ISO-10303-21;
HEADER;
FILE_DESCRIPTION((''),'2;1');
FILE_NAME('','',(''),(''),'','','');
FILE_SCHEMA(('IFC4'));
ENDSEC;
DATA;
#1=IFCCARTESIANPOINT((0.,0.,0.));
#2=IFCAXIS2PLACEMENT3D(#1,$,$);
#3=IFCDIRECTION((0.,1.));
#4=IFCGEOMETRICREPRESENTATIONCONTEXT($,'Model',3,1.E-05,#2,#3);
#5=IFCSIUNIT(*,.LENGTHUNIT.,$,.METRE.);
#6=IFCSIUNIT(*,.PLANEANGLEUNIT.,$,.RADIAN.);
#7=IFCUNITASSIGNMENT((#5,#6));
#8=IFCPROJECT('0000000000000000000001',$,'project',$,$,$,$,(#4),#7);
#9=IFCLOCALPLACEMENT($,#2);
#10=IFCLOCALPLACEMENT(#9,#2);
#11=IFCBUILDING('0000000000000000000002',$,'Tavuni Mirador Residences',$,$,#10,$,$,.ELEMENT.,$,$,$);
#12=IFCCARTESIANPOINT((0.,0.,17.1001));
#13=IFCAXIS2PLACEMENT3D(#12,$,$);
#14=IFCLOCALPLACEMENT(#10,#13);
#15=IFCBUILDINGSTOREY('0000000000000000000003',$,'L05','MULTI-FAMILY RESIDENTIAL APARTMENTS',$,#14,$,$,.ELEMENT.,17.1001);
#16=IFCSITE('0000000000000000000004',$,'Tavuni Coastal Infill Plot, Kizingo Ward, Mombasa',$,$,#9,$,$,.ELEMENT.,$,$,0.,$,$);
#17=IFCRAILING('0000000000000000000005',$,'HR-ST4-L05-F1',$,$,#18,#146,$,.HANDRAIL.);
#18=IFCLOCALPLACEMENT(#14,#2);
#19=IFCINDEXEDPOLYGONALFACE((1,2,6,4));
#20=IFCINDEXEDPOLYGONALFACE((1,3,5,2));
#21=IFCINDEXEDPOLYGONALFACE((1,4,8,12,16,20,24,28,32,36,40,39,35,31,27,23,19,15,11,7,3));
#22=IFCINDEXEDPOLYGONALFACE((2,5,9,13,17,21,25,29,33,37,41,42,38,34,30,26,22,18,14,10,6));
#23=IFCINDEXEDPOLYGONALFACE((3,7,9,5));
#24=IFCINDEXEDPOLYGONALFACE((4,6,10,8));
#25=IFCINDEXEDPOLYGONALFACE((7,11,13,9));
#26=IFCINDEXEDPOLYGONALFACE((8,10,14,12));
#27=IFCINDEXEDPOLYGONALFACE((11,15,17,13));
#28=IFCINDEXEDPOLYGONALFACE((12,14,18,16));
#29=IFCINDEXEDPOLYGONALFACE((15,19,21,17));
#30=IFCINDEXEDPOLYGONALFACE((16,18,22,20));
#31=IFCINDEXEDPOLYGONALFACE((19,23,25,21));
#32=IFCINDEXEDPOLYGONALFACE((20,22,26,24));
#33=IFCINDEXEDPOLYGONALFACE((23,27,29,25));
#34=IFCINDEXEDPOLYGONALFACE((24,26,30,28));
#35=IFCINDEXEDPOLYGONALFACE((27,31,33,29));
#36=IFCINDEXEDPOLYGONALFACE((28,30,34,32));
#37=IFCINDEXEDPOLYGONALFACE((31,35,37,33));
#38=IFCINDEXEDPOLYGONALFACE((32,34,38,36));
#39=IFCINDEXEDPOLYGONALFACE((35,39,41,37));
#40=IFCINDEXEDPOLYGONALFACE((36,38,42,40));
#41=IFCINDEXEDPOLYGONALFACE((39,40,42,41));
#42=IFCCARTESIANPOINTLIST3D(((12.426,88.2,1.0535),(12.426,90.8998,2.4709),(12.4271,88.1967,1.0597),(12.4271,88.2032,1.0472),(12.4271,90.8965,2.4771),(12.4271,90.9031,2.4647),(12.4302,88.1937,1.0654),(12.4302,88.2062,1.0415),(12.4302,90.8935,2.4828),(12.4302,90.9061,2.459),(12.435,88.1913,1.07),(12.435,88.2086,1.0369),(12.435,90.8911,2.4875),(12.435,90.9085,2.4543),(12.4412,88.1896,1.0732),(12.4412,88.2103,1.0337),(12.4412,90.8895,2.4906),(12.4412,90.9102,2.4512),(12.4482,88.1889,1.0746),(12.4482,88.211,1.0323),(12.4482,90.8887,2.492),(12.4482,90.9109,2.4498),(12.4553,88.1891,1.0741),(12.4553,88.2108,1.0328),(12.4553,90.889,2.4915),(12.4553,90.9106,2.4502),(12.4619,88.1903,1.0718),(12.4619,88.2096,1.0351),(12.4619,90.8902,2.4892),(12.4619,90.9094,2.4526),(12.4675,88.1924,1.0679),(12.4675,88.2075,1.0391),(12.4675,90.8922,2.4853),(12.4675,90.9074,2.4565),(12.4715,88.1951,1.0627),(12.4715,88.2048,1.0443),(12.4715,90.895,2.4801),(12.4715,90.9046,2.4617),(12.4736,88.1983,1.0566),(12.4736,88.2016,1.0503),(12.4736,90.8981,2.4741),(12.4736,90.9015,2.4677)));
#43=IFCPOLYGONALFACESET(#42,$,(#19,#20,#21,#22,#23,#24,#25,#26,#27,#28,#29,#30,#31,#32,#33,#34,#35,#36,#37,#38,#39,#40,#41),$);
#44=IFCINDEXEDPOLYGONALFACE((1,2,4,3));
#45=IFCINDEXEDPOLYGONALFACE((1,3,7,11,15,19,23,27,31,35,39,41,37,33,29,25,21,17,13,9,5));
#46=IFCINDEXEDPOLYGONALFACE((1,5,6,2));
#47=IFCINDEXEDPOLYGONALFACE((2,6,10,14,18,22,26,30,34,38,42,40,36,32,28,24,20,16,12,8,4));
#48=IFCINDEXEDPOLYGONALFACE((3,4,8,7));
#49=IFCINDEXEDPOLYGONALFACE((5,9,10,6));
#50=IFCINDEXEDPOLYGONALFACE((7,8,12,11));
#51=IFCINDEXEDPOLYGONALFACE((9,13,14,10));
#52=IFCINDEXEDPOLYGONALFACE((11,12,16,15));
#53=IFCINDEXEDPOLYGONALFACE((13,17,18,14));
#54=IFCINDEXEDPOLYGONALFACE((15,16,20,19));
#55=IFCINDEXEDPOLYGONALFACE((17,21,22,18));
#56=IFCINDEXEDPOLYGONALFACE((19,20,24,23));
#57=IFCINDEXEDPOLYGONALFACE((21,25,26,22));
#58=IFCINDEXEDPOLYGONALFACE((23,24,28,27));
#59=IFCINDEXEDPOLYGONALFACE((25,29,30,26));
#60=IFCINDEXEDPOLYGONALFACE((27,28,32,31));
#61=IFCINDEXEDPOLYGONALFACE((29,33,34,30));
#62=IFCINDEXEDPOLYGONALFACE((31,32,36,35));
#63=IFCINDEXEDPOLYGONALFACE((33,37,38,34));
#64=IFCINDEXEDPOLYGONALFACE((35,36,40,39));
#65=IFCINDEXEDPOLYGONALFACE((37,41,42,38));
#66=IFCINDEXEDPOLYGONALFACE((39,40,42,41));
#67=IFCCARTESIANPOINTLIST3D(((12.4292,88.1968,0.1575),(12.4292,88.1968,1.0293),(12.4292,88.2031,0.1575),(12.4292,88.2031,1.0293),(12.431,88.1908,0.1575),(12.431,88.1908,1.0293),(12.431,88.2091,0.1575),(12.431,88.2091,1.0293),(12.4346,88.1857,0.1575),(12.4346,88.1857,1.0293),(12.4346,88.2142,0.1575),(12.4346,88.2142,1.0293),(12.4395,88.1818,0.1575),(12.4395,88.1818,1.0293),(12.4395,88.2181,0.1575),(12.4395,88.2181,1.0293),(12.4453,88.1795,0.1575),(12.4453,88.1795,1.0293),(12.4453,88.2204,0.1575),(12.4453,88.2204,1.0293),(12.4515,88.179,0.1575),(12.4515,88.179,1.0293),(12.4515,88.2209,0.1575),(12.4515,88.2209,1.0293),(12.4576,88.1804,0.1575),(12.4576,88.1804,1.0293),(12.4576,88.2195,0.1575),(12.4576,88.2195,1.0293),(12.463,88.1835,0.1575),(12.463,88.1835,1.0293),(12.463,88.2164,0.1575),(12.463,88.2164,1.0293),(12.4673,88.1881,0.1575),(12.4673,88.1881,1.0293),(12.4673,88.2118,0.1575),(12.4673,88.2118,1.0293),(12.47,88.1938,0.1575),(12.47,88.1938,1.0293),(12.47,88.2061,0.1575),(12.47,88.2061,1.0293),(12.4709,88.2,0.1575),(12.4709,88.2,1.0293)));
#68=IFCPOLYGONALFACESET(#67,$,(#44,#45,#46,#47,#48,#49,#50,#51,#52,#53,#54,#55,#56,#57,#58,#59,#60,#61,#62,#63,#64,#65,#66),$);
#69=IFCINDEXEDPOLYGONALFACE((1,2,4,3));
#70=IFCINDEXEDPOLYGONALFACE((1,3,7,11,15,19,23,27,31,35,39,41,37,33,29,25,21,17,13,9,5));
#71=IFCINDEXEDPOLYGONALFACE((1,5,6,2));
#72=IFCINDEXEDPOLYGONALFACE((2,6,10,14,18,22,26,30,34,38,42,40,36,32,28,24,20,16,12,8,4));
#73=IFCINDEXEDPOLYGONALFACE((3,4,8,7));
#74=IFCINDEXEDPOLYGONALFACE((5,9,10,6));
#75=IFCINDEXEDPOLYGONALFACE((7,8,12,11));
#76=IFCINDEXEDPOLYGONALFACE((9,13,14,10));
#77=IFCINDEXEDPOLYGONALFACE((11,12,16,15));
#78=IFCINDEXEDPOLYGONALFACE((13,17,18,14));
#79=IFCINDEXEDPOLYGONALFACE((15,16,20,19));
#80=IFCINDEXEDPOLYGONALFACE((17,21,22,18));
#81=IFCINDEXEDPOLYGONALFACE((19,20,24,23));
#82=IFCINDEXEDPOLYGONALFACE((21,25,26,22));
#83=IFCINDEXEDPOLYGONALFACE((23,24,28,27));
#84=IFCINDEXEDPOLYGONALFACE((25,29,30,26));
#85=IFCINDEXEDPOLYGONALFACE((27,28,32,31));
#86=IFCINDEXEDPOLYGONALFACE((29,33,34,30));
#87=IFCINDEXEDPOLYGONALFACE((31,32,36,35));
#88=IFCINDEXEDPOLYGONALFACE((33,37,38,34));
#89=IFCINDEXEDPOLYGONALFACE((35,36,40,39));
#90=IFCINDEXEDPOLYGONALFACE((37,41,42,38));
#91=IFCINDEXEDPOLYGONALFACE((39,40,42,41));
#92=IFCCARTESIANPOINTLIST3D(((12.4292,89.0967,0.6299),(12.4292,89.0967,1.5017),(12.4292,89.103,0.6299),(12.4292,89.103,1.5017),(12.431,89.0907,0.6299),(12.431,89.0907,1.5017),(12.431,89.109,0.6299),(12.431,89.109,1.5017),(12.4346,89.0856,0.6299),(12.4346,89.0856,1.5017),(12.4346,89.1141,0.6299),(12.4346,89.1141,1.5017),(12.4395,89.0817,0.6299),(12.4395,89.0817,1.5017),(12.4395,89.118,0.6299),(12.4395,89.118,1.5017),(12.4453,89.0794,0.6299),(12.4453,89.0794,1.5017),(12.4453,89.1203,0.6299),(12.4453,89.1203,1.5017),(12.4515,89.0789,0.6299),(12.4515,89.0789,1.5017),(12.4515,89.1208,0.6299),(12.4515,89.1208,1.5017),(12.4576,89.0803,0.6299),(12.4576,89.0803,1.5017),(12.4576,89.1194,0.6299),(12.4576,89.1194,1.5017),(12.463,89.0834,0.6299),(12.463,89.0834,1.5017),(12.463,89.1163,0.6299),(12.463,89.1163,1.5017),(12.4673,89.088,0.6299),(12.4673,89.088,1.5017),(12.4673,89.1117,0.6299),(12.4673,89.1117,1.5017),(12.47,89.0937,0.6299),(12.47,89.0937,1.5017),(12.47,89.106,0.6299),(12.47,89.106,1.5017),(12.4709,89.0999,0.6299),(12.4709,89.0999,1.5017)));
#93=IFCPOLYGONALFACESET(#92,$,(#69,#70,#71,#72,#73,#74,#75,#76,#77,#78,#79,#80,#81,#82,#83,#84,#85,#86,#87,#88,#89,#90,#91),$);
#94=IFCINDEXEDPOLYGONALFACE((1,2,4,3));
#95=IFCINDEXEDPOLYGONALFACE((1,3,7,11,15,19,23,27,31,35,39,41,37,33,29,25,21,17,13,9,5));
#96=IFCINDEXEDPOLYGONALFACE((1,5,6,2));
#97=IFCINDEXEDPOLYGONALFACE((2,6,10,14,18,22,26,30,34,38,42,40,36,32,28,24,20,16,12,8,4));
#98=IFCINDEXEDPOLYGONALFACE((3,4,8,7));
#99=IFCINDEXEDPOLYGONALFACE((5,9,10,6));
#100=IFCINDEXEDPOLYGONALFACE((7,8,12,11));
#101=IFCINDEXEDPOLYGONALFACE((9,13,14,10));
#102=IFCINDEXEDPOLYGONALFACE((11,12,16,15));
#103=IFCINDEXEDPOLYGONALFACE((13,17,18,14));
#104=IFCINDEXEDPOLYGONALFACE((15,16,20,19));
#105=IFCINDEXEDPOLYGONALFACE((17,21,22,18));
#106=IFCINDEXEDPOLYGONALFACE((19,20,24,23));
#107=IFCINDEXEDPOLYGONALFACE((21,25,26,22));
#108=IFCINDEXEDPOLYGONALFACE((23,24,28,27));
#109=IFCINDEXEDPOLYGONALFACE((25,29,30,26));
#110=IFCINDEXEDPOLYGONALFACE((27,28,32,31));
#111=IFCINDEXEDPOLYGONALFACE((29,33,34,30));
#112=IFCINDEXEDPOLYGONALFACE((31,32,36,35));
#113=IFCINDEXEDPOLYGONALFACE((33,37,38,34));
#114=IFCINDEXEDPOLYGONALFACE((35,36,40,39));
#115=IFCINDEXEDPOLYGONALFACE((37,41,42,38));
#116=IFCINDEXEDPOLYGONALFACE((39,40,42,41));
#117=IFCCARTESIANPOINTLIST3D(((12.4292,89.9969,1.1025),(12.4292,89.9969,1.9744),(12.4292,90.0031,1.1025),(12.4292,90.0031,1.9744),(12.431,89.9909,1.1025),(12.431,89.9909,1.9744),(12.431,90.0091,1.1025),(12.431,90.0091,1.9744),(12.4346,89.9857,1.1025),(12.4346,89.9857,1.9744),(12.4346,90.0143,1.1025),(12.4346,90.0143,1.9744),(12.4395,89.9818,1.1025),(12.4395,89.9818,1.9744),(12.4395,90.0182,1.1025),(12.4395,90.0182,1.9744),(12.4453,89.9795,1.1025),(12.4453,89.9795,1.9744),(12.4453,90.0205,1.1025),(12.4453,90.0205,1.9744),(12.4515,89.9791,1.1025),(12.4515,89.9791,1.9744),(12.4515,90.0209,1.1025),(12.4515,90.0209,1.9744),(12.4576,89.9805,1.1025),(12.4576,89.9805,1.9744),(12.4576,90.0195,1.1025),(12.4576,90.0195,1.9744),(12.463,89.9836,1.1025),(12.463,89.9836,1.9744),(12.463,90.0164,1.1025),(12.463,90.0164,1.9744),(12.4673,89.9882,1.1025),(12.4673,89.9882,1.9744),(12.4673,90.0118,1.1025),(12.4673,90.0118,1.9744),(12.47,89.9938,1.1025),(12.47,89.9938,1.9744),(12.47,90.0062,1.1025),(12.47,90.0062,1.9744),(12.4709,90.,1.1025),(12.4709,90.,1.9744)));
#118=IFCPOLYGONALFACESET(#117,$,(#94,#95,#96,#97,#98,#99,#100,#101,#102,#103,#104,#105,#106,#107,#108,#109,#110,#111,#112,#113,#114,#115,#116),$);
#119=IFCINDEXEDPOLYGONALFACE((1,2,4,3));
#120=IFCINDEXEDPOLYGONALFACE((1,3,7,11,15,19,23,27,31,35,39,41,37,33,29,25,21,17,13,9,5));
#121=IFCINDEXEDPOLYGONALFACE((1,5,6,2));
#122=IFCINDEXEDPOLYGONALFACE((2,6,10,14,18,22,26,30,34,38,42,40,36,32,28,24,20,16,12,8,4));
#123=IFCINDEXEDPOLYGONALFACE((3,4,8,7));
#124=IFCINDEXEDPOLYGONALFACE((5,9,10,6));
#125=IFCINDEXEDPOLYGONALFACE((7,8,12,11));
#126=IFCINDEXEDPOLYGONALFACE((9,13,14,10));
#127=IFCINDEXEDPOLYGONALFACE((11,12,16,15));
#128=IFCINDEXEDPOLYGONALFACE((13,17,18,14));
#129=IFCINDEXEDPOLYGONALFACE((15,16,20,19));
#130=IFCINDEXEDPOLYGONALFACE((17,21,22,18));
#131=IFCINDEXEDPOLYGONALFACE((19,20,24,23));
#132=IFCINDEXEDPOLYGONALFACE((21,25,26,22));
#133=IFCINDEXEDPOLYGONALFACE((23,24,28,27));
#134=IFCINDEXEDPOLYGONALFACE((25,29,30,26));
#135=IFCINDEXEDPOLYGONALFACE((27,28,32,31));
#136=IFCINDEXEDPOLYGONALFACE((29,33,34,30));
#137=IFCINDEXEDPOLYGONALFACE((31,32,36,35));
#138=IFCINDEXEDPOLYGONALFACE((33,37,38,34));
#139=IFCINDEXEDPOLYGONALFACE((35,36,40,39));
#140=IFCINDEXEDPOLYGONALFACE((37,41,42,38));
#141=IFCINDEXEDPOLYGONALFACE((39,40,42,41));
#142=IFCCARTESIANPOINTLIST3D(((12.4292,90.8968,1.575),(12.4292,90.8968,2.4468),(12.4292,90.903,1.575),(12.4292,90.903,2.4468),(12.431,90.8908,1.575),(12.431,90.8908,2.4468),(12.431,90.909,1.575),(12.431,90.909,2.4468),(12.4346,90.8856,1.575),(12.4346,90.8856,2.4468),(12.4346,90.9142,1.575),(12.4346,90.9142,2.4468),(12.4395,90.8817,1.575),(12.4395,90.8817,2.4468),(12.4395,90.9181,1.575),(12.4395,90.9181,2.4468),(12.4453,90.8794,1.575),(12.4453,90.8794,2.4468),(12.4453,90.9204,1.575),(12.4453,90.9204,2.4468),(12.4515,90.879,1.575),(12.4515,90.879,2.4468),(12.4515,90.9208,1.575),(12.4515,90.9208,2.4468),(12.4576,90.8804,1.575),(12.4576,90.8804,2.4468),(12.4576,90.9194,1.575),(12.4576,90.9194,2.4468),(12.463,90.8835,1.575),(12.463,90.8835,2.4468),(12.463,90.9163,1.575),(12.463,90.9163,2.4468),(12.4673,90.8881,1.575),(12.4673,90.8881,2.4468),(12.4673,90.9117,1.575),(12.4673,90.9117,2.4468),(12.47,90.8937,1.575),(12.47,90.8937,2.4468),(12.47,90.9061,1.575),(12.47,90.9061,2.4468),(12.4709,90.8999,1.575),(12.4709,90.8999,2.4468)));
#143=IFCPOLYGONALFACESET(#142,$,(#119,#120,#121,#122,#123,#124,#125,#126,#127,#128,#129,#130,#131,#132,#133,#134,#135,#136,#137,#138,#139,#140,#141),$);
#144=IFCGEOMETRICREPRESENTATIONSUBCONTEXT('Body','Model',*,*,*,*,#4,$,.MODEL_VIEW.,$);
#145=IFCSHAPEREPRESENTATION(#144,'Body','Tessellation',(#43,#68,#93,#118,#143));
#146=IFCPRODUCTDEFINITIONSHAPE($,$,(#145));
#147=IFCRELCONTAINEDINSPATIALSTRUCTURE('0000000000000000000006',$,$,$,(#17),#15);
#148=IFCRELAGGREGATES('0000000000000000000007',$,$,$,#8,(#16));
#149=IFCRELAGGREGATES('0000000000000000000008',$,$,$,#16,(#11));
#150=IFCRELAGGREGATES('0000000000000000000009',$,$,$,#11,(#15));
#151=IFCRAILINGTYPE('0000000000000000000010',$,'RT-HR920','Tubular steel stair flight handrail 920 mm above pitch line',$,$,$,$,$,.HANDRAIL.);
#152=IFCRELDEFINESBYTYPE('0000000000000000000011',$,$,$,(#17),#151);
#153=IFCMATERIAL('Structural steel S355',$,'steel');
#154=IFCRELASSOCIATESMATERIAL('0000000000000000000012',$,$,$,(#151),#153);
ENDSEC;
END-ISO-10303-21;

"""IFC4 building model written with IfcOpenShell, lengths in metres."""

from ifc_helpers import new_model, si_unit, direction, frame, origin, origin_2d, place, context, subcontext, project, spatial, circle, extrude, material, type_object, element, save


model = new_model("IFC4")

# Units and contexts
model_context = context("Model", 3, precision=1e-05, world=origin(), true_north=direction((0.0, 1.0)))
body_context = subcontext(model_context, "Body", "Model", "MODEL_VIEW")
ifc_project = project(units=[si_unit("LENGTHUNIT", "METRE"), si_unit("PLANEANGLEUNIT", "RADIAN")], contexts=[model_context])

# Site, building, storey
site_placement = place(None, origin())
site = spatial("IfcSite", under=ifc_project, at=site_placement, Name="Tavuni Coastal Infill Plot, Kizingo Ward, Mombasa", CompositionType="ELEMENT", RefElevation=0.0)
building_placement = place(site_placement, origin())
building = spatial("IfcBuilding", under=site, at=building_placement, Name="Tavuni Mirador Residences", CompositionType="ELEMENT")
storey_placement = place(building_placement, frame((0.0, 0.0, 17.1001)))
storey = spatial("IfcBuildingStorey", under=building, at=storey_placement, Name="L05", Description="MULTI-FAMILY RESIDENTIAL APARTMENTS", CompositionType="ELEMENT", Elevation=17.1001)

# Shared definitions
ifc_material_1 = material(Name="Structural steel S355", Category="steel")

# Railing
railing_type_1 = type_object("IfcRailingType", Name="RT-HR920", Description="Tubular steel stair flight handrail 920 mm above pitch line", PredefinedType="HANDRAIL", material=ifc_material_1)
railing_1_placement = place(storey_placement, frame((12.45, 88.2, 0.1575)))
element("IfcRailing", 1, at=railing_1_placement, inside=storey, type_object=railing_type_1, Name="HR-ST4-L05-F1", PredefinedType="HANDRAIL", context=body_context, shape_type="SweptSolid", body=[
    extrude(circle(Radius=0.0239, at=origin_2d()), frame((0.0, 0.0, 0.896), z_axis=(0.0, 0.885397, 0.464835), x_axis=(-1.0, 0.0, 0.0)), (0.0, 0.0, 1.0), 3.0493),
    extrude(circle(Radius=0.021, at=origin_2d()), origin(), (0.0, 0.0, 1.0), 0.8718),
    extrude(circle(Radius=0.021, at=origin_2d()), frame((0.0, 0.8999, 0.4724)), (0.0, 0.0, 1.0), 0.8718),
    extrude(circle(Radius=0.021, at=origin_2d()), frame((0.0, 1.8, 0.9451)), (0.0, 0.0, 1.0), 0.8718),
    extrude(circle(Radius=0.021, at=origin_2d()), frame((0.0, 2.7, 1.4175)), (0.0, 0.0, 1.0), 0.8718),
])

save(model, "model.ifc")
